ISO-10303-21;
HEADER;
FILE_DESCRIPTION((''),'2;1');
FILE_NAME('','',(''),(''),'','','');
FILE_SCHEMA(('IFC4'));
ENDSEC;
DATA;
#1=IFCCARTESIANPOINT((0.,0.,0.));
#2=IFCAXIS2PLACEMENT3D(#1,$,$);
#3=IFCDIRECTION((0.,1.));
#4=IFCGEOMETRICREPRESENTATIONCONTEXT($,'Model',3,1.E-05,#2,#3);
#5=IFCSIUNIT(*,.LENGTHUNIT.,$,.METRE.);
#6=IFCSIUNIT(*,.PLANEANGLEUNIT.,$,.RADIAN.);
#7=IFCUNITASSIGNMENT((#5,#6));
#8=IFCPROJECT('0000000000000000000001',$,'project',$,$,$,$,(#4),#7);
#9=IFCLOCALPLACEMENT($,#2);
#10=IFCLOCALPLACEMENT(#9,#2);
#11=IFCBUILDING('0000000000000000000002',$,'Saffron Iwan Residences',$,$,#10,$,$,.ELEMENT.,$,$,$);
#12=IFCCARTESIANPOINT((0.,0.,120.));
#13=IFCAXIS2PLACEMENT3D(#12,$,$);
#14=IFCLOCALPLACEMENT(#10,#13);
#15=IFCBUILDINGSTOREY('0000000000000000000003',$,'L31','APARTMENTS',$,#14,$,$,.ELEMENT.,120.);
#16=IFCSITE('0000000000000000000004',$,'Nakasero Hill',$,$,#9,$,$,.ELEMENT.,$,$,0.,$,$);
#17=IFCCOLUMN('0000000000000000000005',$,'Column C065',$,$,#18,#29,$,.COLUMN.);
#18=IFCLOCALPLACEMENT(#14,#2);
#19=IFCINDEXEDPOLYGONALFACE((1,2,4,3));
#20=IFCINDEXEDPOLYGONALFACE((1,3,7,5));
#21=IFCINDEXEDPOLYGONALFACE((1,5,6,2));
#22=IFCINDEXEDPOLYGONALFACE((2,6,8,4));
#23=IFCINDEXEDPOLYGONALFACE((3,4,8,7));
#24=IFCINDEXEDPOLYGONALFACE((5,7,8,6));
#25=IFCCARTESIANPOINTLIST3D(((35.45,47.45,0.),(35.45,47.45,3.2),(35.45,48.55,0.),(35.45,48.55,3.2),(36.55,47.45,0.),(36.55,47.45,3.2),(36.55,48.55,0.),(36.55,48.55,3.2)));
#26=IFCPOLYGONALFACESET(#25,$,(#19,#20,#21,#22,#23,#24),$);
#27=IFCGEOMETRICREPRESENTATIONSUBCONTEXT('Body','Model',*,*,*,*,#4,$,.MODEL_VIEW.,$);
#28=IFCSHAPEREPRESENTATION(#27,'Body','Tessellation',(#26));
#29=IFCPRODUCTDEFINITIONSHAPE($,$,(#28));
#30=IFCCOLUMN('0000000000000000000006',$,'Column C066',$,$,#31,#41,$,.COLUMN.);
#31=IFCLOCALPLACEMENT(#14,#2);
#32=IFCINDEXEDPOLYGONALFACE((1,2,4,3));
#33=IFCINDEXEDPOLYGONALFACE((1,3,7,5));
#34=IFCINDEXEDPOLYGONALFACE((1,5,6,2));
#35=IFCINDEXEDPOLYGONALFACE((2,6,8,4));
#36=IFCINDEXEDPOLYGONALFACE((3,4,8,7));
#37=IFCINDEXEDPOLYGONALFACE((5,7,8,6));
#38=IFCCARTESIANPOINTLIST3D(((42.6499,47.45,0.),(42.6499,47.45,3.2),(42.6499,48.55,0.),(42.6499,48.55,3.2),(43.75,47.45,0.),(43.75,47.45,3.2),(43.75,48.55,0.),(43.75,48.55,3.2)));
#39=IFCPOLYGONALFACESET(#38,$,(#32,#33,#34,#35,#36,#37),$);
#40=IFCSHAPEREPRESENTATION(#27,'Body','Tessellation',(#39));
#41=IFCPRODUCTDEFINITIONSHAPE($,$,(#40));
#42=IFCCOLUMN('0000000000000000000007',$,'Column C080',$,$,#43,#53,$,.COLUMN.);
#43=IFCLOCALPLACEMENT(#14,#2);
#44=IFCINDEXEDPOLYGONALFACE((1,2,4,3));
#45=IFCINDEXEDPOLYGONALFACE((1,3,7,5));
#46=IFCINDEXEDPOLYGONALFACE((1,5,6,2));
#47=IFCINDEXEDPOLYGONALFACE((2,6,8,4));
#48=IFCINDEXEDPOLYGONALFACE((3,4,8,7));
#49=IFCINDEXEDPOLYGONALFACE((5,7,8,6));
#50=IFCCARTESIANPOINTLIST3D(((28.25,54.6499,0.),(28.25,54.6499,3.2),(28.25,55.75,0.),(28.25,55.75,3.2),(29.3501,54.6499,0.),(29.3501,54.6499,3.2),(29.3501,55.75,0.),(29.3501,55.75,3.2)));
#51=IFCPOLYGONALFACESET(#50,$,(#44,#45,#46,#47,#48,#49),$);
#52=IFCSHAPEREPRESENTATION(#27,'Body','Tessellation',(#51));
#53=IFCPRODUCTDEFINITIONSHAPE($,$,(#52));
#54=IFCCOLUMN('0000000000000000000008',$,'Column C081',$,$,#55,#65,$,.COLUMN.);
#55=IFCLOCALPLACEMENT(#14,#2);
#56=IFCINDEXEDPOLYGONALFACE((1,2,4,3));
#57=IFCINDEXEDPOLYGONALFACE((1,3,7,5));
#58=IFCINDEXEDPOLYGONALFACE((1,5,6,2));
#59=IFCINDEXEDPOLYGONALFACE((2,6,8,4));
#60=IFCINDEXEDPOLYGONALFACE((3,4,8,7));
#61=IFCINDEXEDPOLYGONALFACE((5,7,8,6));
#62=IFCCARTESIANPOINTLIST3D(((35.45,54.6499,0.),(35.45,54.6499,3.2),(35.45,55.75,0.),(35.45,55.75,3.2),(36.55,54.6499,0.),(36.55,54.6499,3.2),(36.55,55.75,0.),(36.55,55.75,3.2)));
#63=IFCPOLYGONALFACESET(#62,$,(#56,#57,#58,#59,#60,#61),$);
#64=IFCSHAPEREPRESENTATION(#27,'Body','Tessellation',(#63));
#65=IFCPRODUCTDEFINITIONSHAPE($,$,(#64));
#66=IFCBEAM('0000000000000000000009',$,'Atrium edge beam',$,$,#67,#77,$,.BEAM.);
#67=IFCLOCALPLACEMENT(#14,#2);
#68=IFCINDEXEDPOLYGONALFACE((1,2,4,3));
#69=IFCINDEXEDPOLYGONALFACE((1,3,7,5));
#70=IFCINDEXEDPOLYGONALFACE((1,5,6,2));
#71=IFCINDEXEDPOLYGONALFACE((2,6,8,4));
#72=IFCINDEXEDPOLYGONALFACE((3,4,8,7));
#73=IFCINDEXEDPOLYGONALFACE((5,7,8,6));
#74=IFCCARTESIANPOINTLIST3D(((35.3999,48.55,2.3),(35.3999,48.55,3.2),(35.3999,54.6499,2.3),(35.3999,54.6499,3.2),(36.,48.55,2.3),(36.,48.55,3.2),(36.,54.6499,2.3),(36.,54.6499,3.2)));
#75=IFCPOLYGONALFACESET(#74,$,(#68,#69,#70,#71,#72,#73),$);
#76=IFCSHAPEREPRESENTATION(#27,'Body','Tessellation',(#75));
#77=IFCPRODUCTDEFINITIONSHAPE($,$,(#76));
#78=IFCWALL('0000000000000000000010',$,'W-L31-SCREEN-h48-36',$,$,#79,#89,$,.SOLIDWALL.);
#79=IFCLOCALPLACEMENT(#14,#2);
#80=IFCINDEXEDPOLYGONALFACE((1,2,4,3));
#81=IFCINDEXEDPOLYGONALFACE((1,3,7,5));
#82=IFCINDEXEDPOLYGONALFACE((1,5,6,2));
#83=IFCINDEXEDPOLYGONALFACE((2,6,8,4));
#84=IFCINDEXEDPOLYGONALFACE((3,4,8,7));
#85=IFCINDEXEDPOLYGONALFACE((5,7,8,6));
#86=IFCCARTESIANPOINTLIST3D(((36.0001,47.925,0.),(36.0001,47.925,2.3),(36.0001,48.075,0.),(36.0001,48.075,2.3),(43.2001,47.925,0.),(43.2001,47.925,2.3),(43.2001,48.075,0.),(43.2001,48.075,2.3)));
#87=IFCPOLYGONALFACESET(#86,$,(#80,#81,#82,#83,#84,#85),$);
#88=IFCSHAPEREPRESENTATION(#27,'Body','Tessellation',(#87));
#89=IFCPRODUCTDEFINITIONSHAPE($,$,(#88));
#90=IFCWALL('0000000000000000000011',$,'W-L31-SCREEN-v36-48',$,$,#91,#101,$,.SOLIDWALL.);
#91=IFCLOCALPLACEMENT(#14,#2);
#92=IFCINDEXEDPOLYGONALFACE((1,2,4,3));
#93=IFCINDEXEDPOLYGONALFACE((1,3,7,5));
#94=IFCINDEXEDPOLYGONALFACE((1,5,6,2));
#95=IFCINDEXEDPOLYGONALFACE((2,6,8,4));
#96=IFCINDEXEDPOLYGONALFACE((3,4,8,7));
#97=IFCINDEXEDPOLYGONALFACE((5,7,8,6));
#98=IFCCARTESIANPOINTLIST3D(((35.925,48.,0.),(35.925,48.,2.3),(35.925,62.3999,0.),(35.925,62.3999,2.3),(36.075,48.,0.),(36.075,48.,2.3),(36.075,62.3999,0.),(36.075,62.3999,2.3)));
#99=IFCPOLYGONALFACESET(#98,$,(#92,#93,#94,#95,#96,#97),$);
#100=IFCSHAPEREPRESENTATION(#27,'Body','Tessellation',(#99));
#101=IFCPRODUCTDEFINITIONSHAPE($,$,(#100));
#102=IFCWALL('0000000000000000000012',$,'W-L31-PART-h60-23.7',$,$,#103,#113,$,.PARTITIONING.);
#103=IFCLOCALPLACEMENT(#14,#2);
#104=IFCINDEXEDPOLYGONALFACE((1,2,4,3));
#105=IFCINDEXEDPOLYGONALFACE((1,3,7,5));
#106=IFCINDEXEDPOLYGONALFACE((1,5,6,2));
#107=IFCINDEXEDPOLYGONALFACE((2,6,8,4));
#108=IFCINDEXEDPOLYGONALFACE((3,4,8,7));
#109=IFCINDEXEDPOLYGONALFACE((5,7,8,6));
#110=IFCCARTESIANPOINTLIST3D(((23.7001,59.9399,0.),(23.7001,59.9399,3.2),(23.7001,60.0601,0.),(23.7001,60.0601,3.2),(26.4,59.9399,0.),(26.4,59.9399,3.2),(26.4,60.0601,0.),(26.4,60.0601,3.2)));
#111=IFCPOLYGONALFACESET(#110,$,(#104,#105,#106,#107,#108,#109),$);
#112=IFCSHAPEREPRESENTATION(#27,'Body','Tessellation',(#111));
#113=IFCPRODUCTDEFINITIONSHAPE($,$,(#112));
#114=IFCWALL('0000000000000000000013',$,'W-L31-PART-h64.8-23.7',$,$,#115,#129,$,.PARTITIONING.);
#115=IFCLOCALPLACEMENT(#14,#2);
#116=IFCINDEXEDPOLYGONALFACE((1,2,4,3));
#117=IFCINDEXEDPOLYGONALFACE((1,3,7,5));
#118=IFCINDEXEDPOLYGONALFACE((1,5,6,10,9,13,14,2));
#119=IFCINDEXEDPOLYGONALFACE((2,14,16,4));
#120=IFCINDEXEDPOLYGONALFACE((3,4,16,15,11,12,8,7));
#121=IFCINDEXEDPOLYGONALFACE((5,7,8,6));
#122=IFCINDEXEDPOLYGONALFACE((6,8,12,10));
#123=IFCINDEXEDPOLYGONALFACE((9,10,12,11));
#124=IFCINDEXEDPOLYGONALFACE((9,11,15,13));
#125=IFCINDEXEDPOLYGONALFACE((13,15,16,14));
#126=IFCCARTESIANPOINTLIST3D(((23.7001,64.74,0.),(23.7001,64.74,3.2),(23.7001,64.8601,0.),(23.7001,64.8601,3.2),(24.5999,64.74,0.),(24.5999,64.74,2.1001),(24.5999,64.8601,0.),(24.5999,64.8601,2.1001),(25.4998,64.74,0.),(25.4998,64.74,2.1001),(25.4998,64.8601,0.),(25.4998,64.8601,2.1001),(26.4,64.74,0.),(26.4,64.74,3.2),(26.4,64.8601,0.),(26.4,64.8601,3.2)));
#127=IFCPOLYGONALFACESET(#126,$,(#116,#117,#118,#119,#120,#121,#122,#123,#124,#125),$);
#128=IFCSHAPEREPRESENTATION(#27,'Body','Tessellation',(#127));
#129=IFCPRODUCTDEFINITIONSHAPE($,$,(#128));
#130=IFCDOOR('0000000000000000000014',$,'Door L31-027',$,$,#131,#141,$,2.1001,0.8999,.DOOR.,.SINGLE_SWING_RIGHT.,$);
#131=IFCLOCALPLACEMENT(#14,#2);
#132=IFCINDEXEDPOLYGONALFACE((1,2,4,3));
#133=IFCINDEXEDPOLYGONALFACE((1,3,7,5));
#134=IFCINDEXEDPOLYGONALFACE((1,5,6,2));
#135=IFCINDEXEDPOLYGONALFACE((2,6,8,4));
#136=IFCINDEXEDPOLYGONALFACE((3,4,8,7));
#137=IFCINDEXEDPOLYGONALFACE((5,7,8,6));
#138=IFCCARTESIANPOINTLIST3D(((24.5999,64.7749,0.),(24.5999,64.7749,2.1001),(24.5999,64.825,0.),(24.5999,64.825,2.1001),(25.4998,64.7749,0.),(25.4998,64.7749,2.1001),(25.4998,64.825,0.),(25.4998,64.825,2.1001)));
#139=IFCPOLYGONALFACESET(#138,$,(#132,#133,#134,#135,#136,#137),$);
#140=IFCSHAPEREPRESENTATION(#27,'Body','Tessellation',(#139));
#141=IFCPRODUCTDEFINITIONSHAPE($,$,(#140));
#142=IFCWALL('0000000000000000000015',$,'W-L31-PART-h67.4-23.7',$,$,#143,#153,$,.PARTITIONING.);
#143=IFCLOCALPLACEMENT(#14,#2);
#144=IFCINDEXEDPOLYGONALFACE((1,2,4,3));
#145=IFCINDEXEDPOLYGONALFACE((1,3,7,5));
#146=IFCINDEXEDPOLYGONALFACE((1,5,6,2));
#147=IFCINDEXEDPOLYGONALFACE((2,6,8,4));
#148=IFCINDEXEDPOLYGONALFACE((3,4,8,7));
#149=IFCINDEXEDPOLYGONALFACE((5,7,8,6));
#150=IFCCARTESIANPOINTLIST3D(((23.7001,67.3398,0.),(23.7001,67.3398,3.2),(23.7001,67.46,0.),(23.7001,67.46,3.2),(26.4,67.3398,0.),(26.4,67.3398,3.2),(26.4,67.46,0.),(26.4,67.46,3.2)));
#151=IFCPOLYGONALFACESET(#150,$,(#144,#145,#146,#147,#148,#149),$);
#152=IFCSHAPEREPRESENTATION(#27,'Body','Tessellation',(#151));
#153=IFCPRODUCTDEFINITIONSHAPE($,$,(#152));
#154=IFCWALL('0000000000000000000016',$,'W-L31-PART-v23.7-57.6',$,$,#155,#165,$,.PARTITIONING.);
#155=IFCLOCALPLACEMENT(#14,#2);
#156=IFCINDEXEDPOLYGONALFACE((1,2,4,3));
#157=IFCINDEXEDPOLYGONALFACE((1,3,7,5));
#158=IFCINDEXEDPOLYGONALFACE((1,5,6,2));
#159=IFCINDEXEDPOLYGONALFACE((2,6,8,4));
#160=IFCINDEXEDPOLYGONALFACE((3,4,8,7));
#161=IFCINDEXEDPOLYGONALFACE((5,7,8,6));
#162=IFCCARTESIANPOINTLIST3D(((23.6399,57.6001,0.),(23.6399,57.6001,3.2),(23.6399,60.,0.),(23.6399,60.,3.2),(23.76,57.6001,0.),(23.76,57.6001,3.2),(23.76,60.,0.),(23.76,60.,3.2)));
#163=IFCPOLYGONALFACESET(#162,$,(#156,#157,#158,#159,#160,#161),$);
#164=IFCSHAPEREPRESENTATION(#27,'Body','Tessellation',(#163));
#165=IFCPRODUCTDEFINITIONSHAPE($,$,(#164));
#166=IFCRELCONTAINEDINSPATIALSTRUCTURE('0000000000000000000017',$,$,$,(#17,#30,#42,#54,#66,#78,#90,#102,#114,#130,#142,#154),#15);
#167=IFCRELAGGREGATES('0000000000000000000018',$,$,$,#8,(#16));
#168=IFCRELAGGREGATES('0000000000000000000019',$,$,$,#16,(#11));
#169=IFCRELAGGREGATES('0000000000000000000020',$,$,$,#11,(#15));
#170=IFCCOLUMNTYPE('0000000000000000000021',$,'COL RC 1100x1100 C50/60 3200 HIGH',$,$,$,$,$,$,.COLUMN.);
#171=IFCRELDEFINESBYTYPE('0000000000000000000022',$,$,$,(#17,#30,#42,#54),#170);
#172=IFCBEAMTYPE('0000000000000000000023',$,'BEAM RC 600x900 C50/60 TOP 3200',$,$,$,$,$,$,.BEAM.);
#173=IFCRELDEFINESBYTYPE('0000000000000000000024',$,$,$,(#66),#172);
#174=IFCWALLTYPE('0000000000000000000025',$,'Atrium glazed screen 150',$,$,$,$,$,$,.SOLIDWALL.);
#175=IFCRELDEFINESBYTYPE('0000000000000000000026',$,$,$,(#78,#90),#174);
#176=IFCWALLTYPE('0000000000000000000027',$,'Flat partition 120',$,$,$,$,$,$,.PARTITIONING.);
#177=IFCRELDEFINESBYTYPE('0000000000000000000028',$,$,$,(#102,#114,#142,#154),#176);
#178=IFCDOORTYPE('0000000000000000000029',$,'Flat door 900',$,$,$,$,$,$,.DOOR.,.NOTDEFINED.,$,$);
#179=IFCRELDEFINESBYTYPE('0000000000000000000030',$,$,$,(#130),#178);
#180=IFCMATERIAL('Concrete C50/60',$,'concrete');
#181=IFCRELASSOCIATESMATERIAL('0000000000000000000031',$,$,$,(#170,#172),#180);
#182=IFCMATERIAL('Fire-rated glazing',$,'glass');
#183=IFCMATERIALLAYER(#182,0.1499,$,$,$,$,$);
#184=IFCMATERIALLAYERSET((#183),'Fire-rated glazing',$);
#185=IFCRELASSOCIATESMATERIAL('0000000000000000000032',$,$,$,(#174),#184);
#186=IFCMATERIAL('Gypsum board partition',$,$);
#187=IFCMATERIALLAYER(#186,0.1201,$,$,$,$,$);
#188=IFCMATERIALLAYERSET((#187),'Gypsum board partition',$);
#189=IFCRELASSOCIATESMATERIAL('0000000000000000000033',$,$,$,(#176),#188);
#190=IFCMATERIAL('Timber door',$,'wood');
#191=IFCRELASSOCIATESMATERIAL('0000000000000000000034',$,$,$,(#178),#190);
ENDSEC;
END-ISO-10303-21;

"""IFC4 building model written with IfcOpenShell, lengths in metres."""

from ifc_helpers import new_model, si_unit, direction, frame, frame_2d, origin, origin_2d, place, context, subcontext, project, spatial, rectangle, extrude, source, transform, mapped, material, layer, layer_set, material_profile, profile_set, type_object, element, fill, save


model = new_model("IFC4")

# Units and contexts
model_context = context("Model", 3, precision=1e-05, world=origin(), true_north=direction((0.0, 1.0)))
body_context = subcontext(model_context, "Body", "Model", "MODEL_VIEW")
ifc_project = project(units=[si_unit("LENGTHUNIT", "METRE"), si_unit("PLANEANGLEUNIT", "RADIAN")], contexts=[model_context])

# Site, building, storey
site_placement = place(None, origin())
site = spatial("IfcSite", under=ifc_project, at=site_placement, Name="Nakasero Hill", CompositionType="ELEMENT", RefElevation=0.0)
building_placement = place(site_placement, origin())
building = spatial("IfcBuilding", under=site, at=building_placement, Name="Saffron Iwan Residences", CompositionType="ELEMENT")
storey_placement = place(building_placement, frame((0.0, 0.0, 120.0)))
storey = spatial("IfcBuildingStorey", under=building, at=storey_placement, Name="L31", Description="APARTMENTS", CompositionType="ELEMENT", Elevation=120.0)

# Columns
ifc_material_1 = material(Name="Concrete C50/60", Category="concrete")
ifc_material_profile_1 = material_profile(ifc_material_1, rectangle(XDim=1.1001, YDim=1.1001, at=origin_2d()), Name="RC 1100x1100")
ifc_profile_set_1 = profile_set([ifc_material_profile_1], Name="Concrete C50/60")
column_type = type_object("IfcColumnType", Name="COL RC 1100x1100 C50/60 3200 HIGH", PredefinedType="COLUMN", material=ifc_profile_set_1)
shared_shape_1 = source(origin(), body_context, "Body", "SweptSolid", [
    extrude(rectangle(XDim=1.1001, YDim=1.1001, at=origin_2d()), origin(), (0.0, 0.0, 1.0), 3.2),
])
for number, where, z_axis, x_axis, name in (
    (1, (36.0, 48.0, 0.0), (0.0, 0.0, 1.0), (1.0, 0.0, 0.0), "Column C065"),
    (2, (43.2, 48.0, 0.0), (0.0, 0.0, 1.0), (1.0, 0.0, 0.0), "Column C066"),
    (3, (28.8, 55.2, 0.0), (0.0, 0.0, 1.0), (1.0, 0.0, 0.0), "Column C080"),
    (4, (36.0, 55.2, 0.0), (0.0, 0.0, 1.0), (1.0, 0.0, 0.0), "Column C081"),
):
    element("IfcColumn", number, at=place(storey_placement, frame(where, z_axis=z_axis, x_axis=x_axis)), inside=storey, type_object=column_type, Name=name, PredefinedType="COLUMN", context=body_context, shape_type="MappedRepresentation", body=[
        mapped(shared_shape_1, transform((0.0, 0.0, 0.0))),
    ])

# Beam
ifc_material_profile_2 = material_profile(ifc_material_1, rectangle(XDim=0.6001, YDim=0.8999, at=origin_2d()), Name="RC 600x900")
ifc_profile_set_2 = profile_set([ifc_material_profile_2], Name="Concrete C50/60")
beam_type = type_object("IfcBeamType", Name="BEAM RC 600x900 C50/60 TOP 3200", PredefinedType="BEAM", material=ifc_profile_set_2)
shared_shape_2 = source(origin(), body_context, "Body", "SweptSolid", [
    extrude(rectangle(XDim=0.6001, YDim=0.8999, at=origin_2d()), origin(), (0.0, 0.0, 1.0), 6.0999),
])
beam_placement = place(storey_placement, frame((35.7, 48.55, 2.75), z_axis=(0.0, 1.0, 0.0), x_axis=(-1.0, 0.0, 0.0)))
element("IfcBeam", 5, at=beam_placement, inside=storey, type_object=beam_type, Name="Atrium edge beam", PredefinedType="BEAM", context=body_context, shape_type="MappedRepresentation", body=[
    mapped(shared_shape_2, transform((0.0, 0.0, 0.0))),
])

# Walls
ifc_material_2 = material(Name="Fire-rated glazing", Category="glass")
ifc_layer_1 = layer(ifc_material_2, 0.1499)
ifc_layer_set_1 = layer_set([ifc_layer_1], Name="Fire-rated glazing")
wall_type_1 = type_object("IfcWallType", Name="Atrium glazed screen 150", PredefinedType="SOLIDWALL", material=ifc_layer_set_1)
wall_1_placement = place(storey_placement, frame((36.0, 48.0, 0.0), z_axis=(0.0, 0.0, 1.0), x_axis=(1.0, 0.0, 0.0)))
element("IfcWall", 6, at=wall_1_placement, inside=storey, type_object=wall_type_1, Name="W-L31-SCREEN-h48-36", PredefinedType="SOLIDWALL", context=body_context, shape_type="SweptSolid", body=[
    extrude(rectangle(XDim=7.2, YDim=0.1499, at=frame_2d((3.6001, 0.0))), origin(), (0.0, 0.0, 1.0), 2.3),
])
wall_2_placement = place(storey_placement, frame((36.0, 48.0, 0.0), z_axis=(0.0, 0.0, 1.0), x_axis=(0.0, 1.0, 0.0)))
element("IfcWall", 7, at=wall_2_placement, inside=storey, type_object=wall_type_1, Name="W-L31-SCREEN-v36-48", PredefinedType="SOLIDWALL", context=body_context, shape_type="SweptSolid", body=[
    extrude(rectangle(XDim=14.3999, YDim=0.1499, at=frame_2d((7.2, 0.0))), origin(), (0.0, 0.0, 1.0), 2.3),
])
ifc_material_3 = material(Name="Gypsum board partition")
ifc_layer_2 = layer(ifc_material_3, 0.1201)
ifc_layer_set_2 = layer_set([ifc_layer_2], Name="Gypsum board partition")
wall_type_2 = type_object("IfcWallType", Name="Flat partition 120", PredefinedType="PARTITIONING", material=ifc_layer_set_2)
wall_3_placement = place(storey_placement, frame((23.7, 60.0, 0.0), z_axis=(0.0, 0.0, 1.0), x_axis=(1.0, 0.0, 0.0)))
element("IfcWall", 8, at=wall_3_placement, inside=storey, type_object=wall_type_2, Name="W-L31-PART-h60-23.7", PredefinedType="PARTITIONING", context=body_context, shape_type="SweptSolid", body=[
    extrude(rectangle(XDim=2.7, YDim=0.1201, at=frame_2d((1.3501, 0.0))), origin(), (0.0, 0.0, 1.0), 3.2),
])

# Wall, opening, door
wall_4_placement = place(storey_placement, frame((23.7, 64.8, 0.0), z_axis=(0.0, 0.0, 1.0), x_axis=(1.0, 0.0, 0.0)))
wall_4 = element("IfcWall", 9, at=wall_4_placement, inside=storey, type_object=wall_type_2, Name="W-L31-PART-h64.8-23.7", PredefinedType="PARTITIONING", context=body_context, shape_type="SweptSolid", body=[
    extrude(rectangle(XDim=2.7, YDim=0.1201, at=frame_2d((1.3501, 0.0))), origin(), (0.0, 0.0, 1.0), 3.2),
])
opening_1_placement = place(wall_4_placement, frame((0.8999, 0.0, 0.0)))
opening_1 = element("IfcOpeningElement", 10, at=opening_1_placement, cuts=wall_4, PredefinedType="OPENING", context=body_context, shape_type="SweptSolid", body=[
    extrude(rectangle(XDim=0.8999, YDim=2.1001, at=frame_2d((0.45, 1.05))), frame((0.0, 0.0701, 0.0), z_axis=(0.0, -1.0, 0.0), x_axis=(1.0, 0.0, 0.0)), (0.0, 0.0, 1.0), 0.1401),
])
ifc_material_4 = material(Name="Timber door", Category="wood")
door_type_1 = type_object("IfcDoorType", Name="Flat door 900", OperationType="NOTDEFINED", PredefinedType="DOOR", material=ifc_material_4)
door_1_placement = place(opening_1_placement, origin())
door_1 = element("IfcDoor", 11, at=door_1_placement, inside=storey, type_object=door_type_1, Name="Door L31-027", OperationType="SINGLE_SWING_RIGHT", OverallHeight=2.1001, OverallWidth=0.8999, PredefinedType="DOOR", context=body_context, shape_type="SweptSolid", body=[
    extrude(rectangle(XDim=0.8999, YDim=2.1001, at=frame_2d((0.45, 1.05))), frame((0.0, 0.0249, 0.0), z_axis=(0.0, -1.0, 0.0), x_axis=(1.0, 0.0, 0.0)), (0.0, 0.0, 1.0), 0.05),
])
fill(opening_1, door_1)

# Walls
wall_5_placement = place(storey_placement, frame((23.7, 67.3999, 0.0), z_axis=(0.0, 0.0, 1.0), x_axis=(1.0, 0.0, 0.0)))
element("IfcWall", 12, at=wall_5_placement, inside=storey, type_object=wall_type_2, Name="W-L31-PART-h67.4-23.7", PredefinedType="PARTITIONING", context=body_context, shape_type="SweptSolid", body=[
    extrude(rectangle(XDim=2.7, YDim=0.1201, at=frame_2d((1.3501, 0.0))), origin(), (0.0, 0.0, 1.0), 3.2),
])
wall_6_placement = place(storey_placement, frame((23.7, 57.6001, 0.0), z_axis=(0.0, 0.0, 1.0), x_axis=(0.0, 1.0, 0.0)))
element("IfcWall", 13, at=wall_6_placement, inside=storey, type_object=wall_type_2, Name="W-L31-PART-v23.7-57.6", PredefinedType="PARTITIONING", context=body_context, shape_type="SweptSolid", body=[
    extrude(rectangle(XDim=2.3999, YDim=0.1201, at=frame_2d((1.2, 0.0))), origin(), (0.0, 0.0, 1.0), 3.2),
])

save(model, "model.ifc")
